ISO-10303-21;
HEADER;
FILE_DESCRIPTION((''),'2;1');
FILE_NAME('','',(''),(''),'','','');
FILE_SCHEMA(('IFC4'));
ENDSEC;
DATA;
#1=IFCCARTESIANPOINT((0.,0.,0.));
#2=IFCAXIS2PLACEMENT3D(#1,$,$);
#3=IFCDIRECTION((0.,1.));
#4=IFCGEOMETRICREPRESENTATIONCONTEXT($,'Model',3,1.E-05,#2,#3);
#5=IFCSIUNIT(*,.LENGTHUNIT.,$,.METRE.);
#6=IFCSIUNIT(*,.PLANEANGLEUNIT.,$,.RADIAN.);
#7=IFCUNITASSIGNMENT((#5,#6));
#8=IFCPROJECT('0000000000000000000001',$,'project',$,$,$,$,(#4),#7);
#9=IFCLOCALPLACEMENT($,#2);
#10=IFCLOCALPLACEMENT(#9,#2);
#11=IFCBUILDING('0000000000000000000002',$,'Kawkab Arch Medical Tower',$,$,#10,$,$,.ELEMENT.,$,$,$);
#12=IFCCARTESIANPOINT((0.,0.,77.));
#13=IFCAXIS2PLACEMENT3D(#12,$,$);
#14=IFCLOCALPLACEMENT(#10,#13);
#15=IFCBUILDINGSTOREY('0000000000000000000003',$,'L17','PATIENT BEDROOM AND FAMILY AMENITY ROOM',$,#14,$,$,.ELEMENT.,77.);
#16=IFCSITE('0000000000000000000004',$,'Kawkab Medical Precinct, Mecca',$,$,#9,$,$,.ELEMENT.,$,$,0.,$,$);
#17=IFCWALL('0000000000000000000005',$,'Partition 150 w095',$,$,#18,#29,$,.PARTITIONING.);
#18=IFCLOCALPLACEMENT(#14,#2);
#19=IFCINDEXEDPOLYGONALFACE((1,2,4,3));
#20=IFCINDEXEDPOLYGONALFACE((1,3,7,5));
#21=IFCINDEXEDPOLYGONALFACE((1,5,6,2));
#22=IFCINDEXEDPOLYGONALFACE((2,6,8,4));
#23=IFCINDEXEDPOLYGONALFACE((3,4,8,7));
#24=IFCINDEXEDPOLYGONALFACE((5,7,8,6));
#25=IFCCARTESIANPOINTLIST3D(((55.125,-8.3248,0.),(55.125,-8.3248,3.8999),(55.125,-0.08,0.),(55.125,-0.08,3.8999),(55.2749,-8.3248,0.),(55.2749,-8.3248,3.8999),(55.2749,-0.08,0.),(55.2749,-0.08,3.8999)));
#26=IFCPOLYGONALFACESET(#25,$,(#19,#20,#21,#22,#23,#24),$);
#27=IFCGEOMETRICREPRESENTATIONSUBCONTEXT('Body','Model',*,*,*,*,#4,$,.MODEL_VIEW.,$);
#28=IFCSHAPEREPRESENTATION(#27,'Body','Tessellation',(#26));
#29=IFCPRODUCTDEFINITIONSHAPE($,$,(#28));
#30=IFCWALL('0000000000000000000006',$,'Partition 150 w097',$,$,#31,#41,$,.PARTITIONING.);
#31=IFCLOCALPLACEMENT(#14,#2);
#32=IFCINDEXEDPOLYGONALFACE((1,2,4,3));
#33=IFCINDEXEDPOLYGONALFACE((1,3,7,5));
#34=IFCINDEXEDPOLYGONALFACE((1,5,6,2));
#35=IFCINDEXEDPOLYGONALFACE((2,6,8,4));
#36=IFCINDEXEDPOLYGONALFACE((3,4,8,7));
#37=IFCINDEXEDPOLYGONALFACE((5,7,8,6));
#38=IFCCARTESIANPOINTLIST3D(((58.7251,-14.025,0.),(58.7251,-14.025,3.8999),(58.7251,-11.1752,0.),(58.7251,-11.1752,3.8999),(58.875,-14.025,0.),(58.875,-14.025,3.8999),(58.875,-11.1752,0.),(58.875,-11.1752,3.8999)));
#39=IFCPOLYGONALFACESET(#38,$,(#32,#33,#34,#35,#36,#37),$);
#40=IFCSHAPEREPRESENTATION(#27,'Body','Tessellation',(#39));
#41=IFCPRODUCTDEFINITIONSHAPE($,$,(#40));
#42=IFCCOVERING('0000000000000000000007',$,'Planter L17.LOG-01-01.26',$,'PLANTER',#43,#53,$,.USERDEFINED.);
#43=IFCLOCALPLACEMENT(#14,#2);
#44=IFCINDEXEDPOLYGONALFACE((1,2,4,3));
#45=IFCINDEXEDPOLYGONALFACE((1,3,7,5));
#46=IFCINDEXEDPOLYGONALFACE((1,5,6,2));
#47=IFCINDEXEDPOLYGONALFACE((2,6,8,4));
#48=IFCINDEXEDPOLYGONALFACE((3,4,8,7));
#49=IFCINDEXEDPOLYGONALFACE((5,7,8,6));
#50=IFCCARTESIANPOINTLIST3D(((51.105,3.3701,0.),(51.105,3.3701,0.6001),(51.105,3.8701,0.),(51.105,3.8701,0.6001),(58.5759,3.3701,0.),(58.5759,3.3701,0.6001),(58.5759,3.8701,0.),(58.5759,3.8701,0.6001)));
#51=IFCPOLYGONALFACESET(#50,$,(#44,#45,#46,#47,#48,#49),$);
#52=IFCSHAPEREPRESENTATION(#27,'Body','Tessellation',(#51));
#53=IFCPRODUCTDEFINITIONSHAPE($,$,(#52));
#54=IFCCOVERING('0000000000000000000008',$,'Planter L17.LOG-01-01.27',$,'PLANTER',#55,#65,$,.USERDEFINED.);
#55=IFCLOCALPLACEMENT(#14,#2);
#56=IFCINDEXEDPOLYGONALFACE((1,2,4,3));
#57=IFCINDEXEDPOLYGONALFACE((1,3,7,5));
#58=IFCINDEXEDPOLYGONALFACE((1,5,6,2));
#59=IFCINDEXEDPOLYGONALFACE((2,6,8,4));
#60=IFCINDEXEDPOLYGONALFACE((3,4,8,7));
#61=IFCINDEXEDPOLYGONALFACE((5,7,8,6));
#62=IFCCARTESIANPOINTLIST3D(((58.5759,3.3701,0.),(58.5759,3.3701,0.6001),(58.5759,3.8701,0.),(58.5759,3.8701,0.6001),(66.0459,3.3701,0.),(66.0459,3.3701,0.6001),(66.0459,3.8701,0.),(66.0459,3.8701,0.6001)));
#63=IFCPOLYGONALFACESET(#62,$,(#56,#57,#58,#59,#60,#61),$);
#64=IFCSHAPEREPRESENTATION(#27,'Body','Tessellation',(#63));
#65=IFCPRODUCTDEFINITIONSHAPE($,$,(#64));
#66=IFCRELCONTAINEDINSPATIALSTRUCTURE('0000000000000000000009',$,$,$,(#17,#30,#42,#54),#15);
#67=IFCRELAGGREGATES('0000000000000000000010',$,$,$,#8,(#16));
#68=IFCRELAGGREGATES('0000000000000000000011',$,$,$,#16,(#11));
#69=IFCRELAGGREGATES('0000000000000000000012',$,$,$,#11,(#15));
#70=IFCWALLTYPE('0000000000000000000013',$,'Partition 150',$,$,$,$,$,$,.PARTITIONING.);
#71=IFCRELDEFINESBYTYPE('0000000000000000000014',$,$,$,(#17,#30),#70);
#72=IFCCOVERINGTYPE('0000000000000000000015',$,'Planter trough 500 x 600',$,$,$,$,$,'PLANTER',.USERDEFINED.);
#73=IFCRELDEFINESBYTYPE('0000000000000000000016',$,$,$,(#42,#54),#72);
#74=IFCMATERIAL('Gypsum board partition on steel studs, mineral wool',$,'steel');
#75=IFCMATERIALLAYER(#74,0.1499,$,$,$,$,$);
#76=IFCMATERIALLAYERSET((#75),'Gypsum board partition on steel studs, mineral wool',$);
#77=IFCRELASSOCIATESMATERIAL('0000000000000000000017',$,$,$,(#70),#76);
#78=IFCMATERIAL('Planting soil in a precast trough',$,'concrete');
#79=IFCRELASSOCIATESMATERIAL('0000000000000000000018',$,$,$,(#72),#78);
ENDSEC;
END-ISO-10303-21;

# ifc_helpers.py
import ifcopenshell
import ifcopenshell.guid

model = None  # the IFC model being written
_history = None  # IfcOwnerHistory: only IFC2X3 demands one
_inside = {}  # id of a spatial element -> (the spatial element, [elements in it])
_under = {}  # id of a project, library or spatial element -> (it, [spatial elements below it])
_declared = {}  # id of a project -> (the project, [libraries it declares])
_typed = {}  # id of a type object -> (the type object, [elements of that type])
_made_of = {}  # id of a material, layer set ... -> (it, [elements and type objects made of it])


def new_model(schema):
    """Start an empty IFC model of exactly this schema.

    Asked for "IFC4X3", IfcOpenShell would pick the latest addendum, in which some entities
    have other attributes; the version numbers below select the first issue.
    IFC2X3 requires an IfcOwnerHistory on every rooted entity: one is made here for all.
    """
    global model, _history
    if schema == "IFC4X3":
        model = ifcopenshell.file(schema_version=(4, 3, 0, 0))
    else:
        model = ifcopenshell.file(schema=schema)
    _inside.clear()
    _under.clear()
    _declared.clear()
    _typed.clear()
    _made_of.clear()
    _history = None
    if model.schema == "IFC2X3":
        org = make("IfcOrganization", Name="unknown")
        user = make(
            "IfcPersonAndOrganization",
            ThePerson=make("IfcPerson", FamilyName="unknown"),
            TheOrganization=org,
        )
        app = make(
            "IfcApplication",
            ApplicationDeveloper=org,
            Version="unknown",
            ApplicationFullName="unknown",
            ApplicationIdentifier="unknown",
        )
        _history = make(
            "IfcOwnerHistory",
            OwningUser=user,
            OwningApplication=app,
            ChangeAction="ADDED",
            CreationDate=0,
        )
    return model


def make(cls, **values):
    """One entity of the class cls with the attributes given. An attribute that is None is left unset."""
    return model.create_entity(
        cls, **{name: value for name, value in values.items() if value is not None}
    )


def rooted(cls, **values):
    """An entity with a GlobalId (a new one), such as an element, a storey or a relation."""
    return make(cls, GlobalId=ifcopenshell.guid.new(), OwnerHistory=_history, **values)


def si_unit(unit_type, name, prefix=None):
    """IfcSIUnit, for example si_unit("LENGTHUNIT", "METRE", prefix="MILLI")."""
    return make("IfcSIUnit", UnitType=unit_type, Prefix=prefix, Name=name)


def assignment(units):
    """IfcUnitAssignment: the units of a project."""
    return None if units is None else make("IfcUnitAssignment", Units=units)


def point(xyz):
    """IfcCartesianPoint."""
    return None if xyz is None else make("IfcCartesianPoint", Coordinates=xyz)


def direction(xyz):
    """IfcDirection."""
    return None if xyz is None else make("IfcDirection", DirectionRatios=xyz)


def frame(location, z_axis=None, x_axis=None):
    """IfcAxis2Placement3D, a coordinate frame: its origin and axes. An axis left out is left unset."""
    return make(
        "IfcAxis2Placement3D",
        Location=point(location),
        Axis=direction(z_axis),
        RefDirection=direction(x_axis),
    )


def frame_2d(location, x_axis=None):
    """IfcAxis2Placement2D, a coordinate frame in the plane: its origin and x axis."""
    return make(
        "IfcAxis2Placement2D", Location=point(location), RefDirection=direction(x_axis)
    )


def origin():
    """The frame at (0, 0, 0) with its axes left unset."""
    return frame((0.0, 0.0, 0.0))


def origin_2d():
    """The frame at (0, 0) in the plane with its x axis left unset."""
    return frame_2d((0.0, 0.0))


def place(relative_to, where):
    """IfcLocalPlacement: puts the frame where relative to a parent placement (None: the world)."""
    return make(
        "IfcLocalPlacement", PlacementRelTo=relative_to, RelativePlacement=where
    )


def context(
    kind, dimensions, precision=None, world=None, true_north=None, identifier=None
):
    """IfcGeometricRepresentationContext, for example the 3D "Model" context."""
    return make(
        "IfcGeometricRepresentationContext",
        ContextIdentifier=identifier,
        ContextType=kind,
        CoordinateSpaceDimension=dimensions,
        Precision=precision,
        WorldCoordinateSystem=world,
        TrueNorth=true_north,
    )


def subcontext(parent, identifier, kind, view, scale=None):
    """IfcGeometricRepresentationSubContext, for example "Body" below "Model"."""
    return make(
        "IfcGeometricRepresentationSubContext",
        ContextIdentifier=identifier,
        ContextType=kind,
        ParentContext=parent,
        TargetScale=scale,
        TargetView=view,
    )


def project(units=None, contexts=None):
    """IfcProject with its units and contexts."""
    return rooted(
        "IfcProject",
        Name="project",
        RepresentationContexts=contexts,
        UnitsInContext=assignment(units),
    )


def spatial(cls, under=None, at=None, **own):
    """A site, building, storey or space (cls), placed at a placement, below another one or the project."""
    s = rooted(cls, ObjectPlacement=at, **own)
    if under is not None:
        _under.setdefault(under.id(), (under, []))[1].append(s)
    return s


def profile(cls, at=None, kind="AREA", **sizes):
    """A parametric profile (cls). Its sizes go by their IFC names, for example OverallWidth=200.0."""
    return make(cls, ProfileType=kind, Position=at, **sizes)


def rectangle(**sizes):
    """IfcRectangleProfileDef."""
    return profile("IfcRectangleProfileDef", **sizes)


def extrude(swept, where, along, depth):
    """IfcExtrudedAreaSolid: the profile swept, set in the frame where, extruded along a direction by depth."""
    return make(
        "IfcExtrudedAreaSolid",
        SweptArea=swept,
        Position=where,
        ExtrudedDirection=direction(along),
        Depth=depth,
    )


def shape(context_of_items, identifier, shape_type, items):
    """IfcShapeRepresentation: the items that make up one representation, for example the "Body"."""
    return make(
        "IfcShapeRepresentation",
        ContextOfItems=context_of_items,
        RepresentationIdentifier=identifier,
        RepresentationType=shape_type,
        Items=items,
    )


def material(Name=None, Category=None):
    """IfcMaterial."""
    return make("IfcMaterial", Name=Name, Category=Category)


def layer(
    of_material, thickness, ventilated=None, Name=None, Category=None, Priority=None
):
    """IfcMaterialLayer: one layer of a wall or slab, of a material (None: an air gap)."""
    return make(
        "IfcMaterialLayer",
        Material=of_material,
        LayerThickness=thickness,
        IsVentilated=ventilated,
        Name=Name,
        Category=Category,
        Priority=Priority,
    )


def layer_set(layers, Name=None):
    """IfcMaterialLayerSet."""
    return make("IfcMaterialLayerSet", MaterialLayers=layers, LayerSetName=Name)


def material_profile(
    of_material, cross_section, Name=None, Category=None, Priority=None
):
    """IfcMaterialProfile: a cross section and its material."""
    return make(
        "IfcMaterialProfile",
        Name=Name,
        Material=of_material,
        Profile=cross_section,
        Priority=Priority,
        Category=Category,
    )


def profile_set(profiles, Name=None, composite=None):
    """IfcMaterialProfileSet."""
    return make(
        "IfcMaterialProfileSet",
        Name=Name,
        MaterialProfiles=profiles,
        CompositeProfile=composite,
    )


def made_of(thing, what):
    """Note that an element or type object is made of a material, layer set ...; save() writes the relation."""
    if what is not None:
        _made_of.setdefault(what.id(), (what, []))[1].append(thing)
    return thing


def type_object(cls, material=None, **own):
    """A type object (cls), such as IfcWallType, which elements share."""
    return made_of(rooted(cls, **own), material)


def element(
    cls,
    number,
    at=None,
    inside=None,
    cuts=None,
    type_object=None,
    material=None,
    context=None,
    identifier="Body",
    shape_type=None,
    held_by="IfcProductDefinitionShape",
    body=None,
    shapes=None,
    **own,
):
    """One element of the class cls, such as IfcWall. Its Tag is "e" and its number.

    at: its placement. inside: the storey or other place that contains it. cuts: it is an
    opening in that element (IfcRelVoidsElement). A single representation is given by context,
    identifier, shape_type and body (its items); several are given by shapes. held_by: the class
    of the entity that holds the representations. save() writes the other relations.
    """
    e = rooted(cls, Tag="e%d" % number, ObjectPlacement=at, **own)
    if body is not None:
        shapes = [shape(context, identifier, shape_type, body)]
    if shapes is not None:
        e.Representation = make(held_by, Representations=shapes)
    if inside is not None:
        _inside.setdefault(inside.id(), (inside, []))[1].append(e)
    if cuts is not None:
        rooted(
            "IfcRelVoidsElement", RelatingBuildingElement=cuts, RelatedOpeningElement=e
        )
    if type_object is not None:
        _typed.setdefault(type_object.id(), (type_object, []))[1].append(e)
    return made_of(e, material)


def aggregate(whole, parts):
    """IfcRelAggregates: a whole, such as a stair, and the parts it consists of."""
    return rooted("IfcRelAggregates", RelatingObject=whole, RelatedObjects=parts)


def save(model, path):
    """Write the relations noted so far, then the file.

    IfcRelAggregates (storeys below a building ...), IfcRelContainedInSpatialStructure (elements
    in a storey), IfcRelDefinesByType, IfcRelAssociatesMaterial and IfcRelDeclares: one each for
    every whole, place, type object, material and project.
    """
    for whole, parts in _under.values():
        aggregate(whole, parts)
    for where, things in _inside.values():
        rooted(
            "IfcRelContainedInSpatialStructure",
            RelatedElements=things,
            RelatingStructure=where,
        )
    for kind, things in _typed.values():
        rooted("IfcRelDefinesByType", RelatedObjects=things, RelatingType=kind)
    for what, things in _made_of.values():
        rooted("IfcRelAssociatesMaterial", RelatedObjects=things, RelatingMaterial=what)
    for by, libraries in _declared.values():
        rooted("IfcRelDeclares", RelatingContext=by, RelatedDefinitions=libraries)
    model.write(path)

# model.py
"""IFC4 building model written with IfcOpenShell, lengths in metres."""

from ifc_helpers import new_model, si_unit, direction, frame, frame_2d, origin, origin_2d, place, context, subcontext, project, spatial, rectangle, extrude, material, layer, layer_set, material_profile, profile_set, type_object, element, save


model = new_model("IFC4")

# Units and contexts
model_context = context("Model", 3, precision=1e-05, world=origin(), true_north=direction((0.0, 1.0)))
body_context = subcontext(model_context, "Body", "Model", "MODEL_VIEW")
ifc_project = project(units=[si_unit("LENGTHUNIT", "METRE"), si_unit("PLANEANGLEUNIT", "RADIAN")], contexts=[model_context])

# Site, building, storey
site_placement = place(None, origin())
site = spatial("IfcSite", under=ifc_project, at=site_placement, Name="Kawkab Medical Precinct, Mecca", CompositionType="ELEMENT", RefElevation=0.0)
building_placement = place(site_placement, origin())
building = spatial("IfcBuilding", under=site, at=building_placement, Name="Kawkab Arch Medical Tower", CompositionType="ELEMENT")
storey_placement = place(building_placement, frame((0.0, 0.0, 77.0)))
storey = spatial("IfcBuildingStorey", under=building, at=storey_placement, Name="L17", Description="PATIENT BEDROOM AND FAMILY AMENITY ROOM", CompositionType="ELEMENT", Elevation=77.0)

# Shared definitions
ifc_material_1 = material(Name="Gypsum board partition on steel studs, mineral wool", Category="steel")
ifc_layer_1 = layer(ifc_material_1, 0.1499)
ifc_layer_set_1 = layer_set([ifc_layer_1], Name="Gypsum board partition on steel studs, mineral wool")
wall_type_1 = type_object("IfcWallType", Name="Partition 150", PredefinedType="PARTITIONING", material=ifc_layer_set_1)

# Walls
wall_1_placement = place(storey_placement, frame((55.2, -8.325, 0.0), z_axis=(0.0, 0.0, 1.0), x_axis=(0.0, 1.0, 0.0)))
element("IfcWall", 1, at=wall_1_placement, inside=storey, type_object=wall_type_1, Name="Partition 150 w095", PredefinedType="PARTITIONING", context=body_context, shape_type="SweptSolid", body=[
    extrude(rectangle(XDim=8.2449, YDim=0.1499, at=frame_2d((4.1226, 0.0))), origin(), (0.0, 0.0, 1.0), 3.8999),
])
wall_2_placement = place(storey_placement, frame((58.8, -14.0249, 0.0), z_axis=(0.0, 0.0, 1.0), x_axis=(0.0, 1.0, 0.0)))
element("IfcWall", 2, at=wall_2_placement, inside=storey, type_object=wall_type_1, Name="Partition 150 w097", PredefinedType="PARTITIONING", context=body_context, shape_type="SweptSolid", body=[
    extrude(rectangle(XDim=2.8499, YDim=0.1499, at=frame_2d((1.4248, 0.0))), origin(), (0.0, 0.0, 1.0), 3.8999),
])

# Coverings
ifc_material_2 = material(Name="Planting soil in a precast trough", Category="concrete")
ifc_material_profile_1 = material_profile(ifc_material_2, rectangle(XDim=0.5, YDim=0.6001, at=origin_2d()), Name="Trough 500x600")
ifc_profile_set_1 = profile_set([ifc_material_profile_1], Name="Planting soil in a precast trough")
covering_type = type_object("IfcCoveringType", Name="Planter trough 500 x 600", ElementType="PLANTER", PredefinedType="USERDEFINED", material=ifc_profile_set_1)
covering_1_placement = place(storey_placement, frame((51.105, 3.6201, 0.3), z_axis=(1.0, 0.0, 0.0), x_axis=(0.0, 1.0, 0.0)))
element("IfcCovering", 3, at=covering_1_placement, inside=storey, type_object=covering_type, Name="Planter L17.LOG-01-01.26", ObjectType="PLANTER", PredefinedType="USERDEFINED", context=body_context, shape_type="SweptSolid", body=[
    extrude(rectangle(XDim=0.5, YDim=0.6001, at=origin_2d()), origin(), (0.0, 0.0, 1.0), 7.4709),
])
covering_2_placement = place(storey_placement, frame((58.5759, 3.6201, 0.3), z_axis=(1.0, 0.0, 0.0), x_axis=(0.0, 1.0, 0.0)))
element("IfcCovering", 4, at=covering_2_placement, inside=storey, type_object=covering_type, Name="Planter L17.LOG-01-01.27", ObjectType="PLANTER", PredefinedType="USERDEFINED", context=body_context, shape_type="SweptSolid", body=[
    extrude(rectangle(XDim=0.5, YDim=0.6001, at=origin_2d()), origin(), (0.0, 0.0, 1.0), 7.47),
])

save(model, "model.ifc")
